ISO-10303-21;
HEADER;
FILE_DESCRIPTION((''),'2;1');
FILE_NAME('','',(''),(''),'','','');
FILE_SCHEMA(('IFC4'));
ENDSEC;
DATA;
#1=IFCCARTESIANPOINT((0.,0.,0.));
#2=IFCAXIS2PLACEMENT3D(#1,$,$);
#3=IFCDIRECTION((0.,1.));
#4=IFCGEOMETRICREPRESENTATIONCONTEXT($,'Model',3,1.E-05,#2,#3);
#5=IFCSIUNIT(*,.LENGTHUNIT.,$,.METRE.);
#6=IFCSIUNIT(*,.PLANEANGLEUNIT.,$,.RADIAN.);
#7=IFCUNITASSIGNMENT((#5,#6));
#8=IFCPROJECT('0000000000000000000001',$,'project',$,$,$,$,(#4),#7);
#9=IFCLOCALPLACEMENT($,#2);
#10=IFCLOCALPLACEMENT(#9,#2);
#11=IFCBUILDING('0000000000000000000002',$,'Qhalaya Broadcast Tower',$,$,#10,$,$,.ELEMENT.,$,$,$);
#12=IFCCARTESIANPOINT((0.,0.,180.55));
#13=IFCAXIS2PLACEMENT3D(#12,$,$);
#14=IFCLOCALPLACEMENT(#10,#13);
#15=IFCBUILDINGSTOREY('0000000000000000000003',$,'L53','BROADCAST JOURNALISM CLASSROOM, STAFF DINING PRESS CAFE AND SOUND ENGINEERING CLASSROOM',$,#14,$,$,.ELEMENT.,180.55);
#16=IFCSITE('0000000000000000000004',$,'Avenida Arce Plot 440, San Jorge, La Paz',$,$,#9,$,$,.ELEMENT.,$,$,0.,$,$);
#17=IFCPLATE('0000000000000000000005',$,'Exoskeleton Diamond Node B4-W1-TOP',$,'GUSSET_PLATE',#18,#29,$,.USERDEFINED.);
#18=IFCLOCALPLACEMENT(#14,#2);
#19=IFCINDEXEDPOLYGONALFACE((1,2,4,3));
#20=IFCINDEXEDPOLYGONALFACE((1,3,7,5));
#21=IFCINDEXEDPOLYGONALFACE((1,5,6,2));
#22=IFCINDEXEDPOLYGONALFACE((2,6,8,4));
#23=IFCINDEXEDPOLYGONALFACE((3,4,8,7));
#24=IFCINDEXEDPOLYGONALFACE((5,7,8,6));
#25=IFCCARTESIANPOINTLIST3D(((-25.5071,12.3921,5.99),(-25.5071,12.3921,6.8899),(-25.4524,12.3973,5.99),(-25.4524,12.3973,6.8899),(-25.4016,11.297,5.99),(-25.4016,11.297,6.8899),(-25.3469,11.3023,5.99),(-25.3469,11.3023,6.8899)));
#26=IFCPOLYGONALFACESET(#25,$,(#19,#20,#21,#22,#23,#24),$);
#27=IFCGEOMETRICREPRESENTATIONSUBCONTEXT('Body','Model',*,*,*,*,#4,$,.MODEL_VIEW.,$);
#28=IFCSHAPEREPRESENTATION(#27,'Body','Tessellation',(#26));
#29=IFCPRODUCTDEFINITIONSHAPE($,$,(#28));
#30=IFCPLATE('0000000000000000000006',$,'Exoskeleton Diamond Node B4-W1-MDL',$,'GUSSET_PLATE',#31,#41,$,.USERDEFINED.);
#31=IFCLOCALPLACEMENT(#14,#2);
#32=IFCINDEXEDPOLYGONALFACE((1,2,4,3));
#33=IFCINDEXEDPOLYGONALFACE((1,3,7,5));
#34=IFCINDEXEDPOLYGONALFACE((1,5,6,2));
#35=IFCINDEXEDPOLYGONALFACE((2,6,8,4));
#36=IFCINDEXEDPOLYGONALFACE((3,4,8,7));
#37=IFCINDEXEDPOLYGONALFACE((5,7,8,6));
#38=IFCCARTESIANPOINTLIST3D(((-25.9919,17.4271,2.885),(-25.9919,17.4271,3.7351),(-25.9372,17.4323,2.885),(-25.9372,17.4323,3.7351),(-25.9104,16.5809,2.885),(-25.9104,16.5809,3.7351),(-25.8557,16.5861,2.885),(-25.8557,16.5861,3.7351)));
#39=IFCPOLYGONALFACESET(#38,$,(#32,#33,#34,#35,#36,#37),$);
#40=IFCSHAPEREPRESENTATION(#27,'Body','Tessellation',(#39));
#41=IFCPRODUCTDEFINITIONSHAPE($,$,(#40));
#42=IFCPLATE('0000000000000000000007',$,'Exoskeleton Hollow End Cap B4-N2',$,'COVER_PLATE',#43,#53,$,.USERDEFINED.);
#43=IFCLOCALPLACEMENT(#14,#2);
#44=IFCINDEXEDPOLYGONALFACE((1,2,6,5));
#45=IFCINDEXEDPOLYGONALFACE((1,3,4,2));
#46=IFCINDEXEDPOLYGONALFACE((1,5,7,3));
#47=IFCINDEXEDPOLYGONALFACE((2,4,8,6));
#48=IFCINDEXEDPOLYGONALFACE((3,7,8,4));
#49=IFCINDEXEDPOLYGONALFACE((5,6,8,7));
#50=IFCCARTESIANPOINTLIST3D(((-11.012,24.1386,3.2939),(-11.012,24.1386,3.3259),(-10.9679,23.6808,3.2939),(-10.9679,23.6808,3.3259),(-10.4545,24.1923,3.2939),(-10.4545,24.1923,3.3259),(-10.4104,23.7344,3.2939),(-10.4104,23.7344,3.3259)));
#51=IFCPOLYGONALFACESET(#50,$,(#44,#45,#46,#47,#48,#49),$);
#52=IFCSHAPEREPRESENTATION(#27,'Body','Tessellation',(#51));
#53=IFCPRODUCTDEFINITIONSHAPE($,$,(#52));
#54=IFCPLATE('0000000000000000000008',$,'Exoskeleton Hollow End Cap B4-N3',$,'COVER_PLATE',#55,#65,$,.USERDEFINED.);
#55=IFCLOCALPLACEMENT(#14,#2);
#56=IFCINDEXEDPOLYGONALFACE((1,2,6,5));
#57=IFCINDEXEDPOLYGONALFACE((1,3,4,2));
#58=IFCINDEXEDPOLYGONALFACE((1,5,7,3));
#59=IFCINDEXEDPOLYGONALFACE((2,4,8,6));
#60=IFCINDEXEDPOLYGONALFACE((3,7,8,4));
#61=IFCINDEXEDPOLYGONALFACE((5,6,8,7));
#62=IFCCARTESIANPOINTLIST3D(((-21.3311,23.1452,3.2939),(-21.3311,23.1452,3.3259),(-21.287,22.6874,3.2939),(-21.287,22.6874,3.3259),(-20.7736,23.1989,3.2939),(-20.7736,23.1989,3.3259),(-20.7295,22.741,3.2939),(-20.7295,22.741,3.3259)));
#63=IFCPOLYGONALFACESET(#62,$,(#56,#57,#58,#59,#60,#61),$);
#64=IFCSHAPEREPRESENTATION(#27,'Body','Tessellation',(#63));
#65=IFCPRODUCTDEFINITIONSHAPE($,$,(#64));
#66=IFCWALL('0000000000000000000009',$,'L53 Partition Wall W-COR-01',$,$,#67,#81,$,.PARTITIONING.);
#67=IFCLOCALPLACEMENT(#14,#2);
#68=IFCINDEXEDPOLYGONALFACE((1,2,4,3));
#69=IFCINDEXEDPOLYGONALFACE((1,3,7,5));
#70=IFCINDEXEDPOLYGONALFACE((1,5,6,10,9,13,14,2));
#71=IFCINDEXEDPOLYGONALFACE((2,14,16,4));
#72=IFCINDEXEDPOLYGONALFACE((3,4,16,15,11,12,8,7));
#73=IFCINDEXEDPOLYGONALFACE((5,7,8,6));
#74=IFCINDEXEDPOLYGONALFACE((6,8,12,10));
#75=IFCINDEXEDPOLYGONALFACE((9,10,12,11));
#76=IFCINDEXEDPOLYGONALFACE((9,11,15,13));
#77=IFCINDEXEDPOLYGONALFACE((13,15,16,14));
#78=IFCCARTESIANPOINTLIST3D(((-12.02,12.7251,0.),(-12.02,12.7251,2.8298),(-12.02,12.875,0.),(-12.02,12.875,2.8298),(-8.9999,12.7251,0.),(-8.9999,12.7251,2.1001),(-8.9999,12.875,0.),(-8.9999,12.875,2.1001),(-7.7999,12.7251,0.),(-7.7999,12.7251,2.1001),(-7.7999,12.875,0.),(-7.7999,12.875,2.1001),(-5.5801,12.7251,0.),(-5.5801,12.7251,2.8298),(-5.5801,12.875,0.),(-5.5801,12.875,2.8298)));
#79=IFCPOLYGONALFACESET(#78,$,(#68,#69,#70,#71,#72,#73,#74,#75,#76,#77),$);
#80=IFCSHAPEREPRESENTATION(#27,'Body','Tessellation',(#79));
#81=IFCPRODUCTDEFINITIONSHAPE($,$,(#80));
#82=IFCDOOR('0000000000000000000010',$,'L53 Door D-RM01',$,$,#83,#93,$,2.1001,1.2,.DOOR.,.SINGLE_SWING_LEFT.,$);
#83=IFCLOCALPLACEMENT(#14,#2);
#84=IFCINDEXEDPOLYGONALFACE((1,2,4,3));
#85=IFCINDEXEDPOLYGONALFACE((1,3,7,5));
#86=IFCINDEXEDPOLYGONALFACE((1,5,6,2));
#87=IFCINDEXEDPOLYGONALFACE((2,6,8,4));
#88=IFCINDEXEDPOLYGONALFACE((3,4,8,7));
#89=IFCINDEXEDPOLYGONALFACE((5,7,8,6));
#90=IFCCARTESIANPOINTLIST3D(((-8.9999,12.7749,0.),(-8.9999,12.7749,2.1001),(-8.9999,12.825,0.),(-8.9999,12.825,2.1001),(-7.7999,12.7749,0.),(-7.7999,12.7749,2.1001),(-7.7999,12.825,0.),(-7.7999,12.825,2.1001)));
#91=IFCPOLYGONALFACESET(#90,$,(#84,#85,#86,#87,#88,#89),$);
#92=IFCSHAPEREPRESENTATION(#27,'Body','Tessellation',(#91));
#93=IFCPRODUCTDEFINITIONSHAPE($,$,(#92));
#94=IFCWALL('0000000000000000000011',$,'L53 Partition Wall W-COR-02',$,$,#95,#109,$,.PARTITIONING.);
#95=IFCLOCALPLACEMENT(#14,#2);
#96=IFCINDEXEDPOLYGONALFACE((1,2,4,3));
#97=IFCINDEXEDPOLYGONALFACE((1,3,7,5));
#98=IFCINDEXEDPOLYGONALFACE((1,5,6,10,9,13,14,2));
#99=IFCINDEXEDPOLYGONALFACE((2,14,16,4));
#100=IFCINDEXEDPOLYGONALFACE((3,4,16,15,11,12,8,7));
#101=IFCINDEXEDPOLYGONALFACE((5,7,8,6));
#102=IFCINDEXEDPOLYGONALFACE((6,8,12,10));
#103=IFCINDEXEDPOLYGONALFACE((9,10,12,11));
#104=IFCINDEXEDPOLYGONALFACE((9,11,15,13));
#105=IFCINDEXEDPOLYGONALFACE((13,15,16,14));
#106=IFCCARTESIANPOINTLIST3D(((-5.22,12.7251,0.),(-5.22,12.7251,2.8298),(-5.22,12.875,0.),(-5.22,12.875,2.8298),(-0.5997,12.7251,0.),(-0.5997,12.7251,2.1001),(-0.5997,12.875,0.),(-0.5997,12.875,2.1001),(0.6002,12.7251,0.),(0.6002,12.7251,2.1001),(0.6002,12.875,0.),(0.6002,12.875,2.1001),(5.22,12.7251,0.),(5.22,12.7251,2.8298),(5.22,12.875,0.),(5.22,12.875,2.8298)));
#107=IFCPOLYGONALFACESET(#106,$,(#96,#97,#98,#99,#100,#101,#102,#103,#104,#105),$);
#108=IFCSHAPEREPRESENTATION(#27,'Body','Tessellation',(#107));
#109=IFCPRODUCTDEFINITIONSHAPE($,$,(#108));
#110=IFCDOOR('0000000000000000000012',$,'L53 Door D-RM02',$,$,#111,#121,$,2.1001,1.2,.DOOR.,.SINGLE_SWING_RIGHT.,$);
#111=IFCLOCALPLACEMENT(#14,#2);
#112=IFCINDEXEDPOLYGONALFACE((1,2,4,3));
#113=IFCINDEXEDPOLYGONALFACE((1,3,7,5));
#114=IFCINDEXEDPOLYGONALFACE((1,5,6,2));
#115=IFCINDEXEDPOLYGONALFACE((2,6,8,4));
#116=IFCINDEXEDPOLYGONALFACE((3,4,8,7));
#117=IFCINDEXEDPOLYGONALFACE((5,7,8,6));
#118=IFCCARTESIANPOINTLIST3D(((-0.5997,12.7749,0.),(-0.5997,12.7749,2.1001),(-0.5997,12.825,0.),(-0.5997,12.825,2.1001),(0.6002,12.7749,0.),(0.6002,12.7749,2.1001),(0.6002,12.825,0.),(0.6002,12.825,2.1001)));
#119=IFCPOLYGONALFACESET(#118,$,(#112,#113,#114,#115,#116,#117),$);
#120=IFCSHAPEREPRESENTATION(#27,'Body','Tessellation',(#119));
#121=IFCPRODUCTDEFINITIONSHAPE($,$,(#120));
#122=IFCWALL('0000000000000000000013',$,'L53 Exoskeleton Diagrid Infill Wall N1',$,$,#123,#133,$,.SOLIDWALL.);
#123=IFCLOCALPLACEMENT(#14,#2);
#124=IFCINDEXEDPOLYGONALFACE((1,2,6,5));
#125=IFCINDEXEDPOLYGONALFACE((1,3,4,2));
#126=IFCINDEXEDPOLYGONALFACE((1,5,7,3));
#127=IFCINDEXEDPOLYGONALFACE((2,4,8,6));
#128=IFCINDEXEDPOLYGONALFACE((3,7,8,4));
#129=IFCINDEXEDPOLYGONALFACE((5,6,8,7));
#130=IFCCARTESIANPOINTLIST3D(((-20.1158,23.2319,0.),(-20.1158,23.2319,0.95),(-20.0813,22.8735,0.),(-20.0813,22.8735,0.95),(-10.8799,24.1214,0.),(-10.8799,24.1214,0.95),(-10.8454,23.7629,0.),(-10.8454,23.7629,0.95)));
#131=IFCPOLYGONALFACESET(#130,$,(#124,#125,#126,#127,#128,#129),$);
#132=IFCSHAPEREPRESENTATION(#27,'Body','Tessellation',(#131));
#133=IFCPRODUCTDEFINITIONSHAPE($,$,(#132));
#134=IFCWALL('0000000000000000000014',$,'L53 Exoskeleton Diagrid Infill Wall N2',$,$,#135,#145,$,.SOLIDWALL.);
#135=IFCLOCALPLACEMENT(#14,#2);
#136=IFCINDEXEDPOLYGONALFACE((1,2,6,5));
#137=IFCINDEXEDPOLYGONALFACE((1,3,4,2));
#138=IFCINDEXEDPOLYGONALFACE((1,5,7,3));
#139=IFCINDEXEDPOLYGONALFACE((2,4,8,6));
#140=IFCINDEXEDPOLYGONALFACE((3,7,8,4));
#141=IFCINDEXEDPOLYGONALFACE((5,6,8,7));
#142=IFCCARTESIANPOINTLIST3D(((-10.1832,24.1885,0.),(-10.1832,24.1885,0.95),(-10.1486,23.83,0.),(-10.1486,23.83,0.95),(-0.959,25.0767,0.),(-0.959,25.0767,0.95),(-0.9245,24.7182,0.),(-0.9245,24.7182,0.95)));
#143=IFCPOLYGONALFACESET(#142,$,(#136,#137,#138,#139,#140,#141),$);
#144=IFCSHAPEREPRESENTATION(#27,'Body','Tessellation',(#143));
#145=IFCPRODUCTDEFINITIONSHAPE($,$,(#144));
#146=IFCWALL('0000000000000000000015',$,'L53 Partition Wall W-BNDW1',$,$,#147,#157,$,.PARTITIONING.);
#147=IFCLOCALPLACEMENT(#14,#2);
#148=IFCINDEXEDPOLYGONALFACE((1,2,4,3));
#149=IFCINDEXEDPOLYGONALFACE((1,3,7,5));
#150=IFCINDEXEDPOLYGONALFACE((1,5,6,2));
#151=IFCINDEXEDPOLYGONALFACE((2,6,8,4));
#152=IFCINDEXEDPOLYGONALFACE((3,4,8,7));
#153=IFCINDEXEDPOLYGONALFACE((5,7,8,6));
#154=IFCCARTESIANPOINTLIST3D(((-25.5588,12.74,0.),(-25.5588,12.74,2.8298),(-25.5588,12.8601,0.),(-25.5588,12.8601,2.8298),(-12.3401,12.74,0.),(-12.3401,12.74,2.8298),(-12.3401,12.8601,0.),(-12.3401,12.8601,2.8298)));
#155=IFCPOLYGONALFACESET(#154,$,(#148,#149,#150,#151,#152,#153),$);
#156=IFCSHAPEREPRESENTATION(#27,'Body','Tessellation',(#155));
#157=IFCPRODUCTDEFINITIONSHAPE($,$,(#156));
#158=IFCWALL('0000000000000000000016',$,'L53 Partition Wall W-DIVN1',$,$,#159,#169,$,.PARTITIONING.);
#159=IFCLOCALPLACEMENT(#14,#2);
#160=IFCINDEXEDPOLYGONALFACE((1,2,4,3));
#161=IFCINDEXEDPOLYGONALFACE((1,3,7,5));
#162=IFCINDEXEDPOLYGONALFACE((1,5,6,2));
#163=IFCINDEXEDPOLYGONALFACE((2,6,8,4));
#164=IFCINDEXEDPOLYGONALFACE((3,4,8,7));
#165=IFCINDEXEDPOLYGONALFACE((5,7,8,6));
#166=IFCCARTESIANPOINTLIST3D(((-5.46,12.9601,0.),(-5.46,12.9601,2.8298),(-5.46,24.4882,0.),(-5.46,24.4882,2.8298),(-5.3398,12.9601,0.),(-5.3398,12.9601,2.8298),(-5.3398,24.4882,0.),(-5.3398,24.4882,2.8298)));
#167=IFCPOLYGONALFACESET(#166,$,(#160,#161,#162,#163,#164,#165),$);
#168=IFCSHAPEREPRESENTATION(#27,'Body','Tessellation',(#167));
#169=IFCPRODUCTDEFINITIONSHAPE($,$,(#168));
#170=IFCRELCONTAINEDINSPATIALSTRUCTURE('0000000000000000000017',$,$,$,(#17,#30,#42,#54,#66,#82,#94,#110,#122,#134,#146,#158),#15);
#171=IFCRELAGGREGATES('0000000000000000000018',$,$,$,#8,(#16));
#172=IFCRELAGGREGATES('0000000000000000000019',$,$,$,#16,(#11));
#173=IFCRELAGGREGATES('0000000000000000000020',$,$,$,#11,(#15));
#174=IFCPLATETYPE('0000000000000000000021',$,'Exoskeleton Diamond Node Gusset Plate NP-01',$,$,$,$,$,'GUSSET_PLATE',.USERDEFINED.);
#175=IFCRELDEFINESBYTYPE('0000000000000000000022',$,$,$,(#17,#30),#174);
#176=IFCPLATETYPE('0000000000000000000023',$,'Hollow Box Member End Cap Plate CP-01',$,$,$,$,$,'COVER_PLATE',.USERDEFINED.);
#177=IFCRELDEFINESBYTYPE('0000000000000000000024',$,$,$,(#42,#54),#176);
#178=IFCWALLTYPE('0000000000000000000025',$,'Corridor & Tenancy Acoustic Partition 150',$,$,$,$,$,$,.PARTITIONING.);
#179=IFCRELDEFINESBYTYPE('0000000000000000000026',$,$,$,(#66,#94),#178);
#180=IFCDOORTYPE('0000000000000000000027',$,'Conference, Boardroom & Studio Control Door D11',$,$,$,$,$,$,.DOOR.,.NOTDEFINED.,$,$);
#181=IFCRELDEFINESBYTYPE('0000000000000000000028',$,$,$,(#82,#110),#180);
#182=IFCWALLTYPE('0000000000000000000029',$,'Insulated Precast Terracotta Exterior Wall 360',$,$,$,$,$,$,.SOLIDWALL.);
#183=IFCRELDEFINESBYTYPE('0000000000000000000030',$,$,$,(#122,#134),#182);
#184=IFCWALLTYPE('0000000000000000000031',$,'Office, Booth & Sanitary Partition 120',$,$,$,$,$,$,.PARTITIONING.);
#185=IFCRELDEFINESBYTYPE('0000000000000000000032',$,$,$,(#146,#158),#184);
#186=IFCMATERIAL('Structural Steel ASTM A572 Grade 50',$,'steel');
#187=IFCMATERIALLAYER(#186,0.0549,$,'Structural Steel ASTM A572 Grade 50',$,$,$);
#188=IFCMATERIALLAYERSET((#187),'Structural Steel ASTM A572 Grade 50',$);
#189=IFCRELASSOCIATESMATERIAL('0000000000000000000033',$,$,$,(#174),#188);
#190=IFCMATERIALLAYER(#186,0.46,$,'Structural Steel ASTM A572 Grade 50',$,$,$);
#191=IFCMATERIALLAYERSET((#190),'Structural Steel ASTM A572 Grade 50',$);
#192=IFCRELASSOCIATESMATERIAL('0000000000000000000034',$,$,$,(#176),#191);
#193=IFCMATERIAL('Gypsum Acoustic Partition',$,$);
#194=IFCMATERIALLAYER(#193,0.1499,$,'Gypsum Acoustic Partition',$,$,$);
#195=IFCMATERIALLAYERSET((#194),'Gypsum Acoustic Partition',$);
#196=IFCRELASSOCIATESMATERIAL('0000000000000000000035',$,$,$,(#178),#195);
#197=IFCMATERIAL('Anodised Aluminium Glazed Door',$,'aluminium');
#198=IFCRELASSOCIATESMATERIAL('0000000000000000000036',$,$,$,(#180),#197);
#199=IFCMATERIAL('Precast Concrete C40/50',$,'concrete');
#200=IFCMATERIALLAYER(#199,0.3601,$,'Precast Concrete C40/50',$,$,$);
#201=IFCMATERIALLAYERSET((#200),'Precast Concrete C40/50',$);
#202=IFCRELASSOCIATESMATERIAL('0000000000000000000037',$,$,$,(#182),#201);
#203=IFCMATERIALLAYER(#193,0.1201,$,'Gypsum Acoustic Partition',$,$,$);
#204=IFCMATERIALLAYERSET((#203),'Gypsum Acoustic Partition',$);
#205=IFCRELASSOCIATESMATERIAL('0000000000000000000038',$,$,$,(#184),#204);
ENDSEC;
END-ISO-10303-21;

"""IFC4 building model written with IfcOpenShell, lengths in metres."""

from ifc_helpers import new_model, si_unit, direction, frame, frame_2d, origin, origin_2d, place, context, subcontext, project, spatial, rectangle, extrude, material, layer, layer_set, type_object, element, fill, save


model = new_model("IFC4")

# Units and contexts
model_context = context("Model", 3, precision=1e-05, world=origin(), true_north=direction((0.0, 1.0)))
body_context = subcontext(model_context, "Body", "Model", "MODEL_VIEW")
ifc_project = project(units=[si_unit("LENGTHUNIT", "METRE"), si_unit("PLANEANGLEUNIT", "RADIAN")], contexts=[model_context])

# Site, building, storey
site_placement = place(None, origin())
site = spatial("IfcSite", under=ifc_project, at=site_placement, Name="Avenida Arce Plot 440, San Jorge, La Paz", CompositionType="ELEMENT", RefElevation=0.0)
building_placement = place(site_placement, origin())
building = spatial("IfcBuilding", under=site, at=building_placement, Name="Qhalaya Broadcast Tower", CompositionType="ELEMENT")
storey_placement = place(building_placement, frame((0.0, 0.0, 180.55)))
storey = spatial("IfcBuildingStorey", under=building, at=storey_placement, Name="L53", Description="BROADCAST JOURNALISM CLASSROOM, STAFF DINING PRESS CAFE AND SOUND ENGINEERING CLASSROOM", CompositionType="ELEMENT", Elevation=180.55)

# Shared definitions
ifc_material_1 = material(Name="Structural Steel ASTM A572 Grade 50", Category="steel")

# Plates
ifc_layer_1 = layer(ifc_material_1, 0.0549, Name="Structural Steel ASTM A572 Grade 50")
ifc_layer_set_1 = layer_set([ifc_layer_1], Name="Structural Steel ASTM A572 Grade 50")
plate_type_1 = type_object("IfcPlateType", Name="Exoskeleton Diamond Node Gusset Plate NP-01", ElementType="GUSSET_PLATE", PredefinedType="USERDEFINED", material=ifc_layer_set_1)
for number, where, z_axis, x_axis, name in (
    (1, (-25.427, 11.8472, 5.99), (0.0, 0.0, 1.0), (-0.095846, 0.995396, 0.0), "Exoskeleton Diamond Node B4-W1-TOP"),
):
    element("IfcPlate", number, at=place(storey_placement, frame(where, z_axis=z_axis, x_axis=x_axis)), inside=storey, type_object=plate_type_1, Name=name, ObjectType="GUSSET_PLATE", PredefinedType="USERDEFINED", context=body_context, shape_type="SweptSolid", body=[
        extrude(rectangle(XDim=1.1001, YDim=0.0549, at=origin_2d()), origin(), (0.0, 0.0, 1.0), 0.8999),
    ])
plate_1_placement = place(storey_placement, frame((-25.9238, 17.0066, 2.885), z_axis=(0.0, 0.0, 1.0), x_axis=(-0.095846, 0.995396, 0.0)))
element("IfcPlate", 2, at=plate_1_placement, inside=storey, type_object=plate_type_1, Name="Exoskeleton Diamond Node B4-W1-MDL", ObjectType="GUSSET_PLATE", PredefinedType="USERDEFINED", context=body_context, shape_type="SweptSolid", body=[
    extrude(rectangle(XDim=0.8501, YDim=0.0549, at=origin_2d()), origin(), (0.0, 0.0, 1.0), 0.8501),
])
ifc_layer_2 = layer(ifc_material_1, 0.46, Name="Structural Steel ASTM A572 Grade 50")
ifc_layer_set_2 = layer_set([ifc_layer_2], Name="Structural Steel ASTM A572 Grade 50")
plate_type_2 = type_object("IfcPlateType", Name="Hollow Box Member End Cap Plate CP-01", ElementType="COVER_PLATE", PredefinedType="USERDEFINED", material=ifc_layer_set_2)
for number, where, z_axis, x_axis, name in (
    (3, (-10.7112, 23.9365, 3.2939), (0.0, 0.0, 1.0), (0.995396, 0.095846, 0.0), "Exoskeleton Hollow End Cap B4-N2"),
    (4, (-21.0303, 22.9431, 3.2939), (0.0, 0.0, 1.0), (0.995396, 0.095846, 0.0), "Exoskeleton Hollow End Cap B4-N3"),
):
    element("IfcPlate", number, at=place(storey_placement, frame(where, z_axis=z_axis, x_axis=x_axis)), inside=storey, type_object=plate_type_2, Name=name, ObjectType="COVER_PLATE", PredefinedType="USERDEFINED", context=body_context, shape_type="SweptSolid", body=[
        extrude(rectangle(XDim=0.5601, YDim=0.46, at=origin_2d()), origin(), (0.0, 0.0, 1.0), 0.032),
    ])

# Walls, openings, doors
ifc_material_2 = material(Name="Gypsum Acoustic Partition")
ifc_layer_3 = layer(ifc_material_2, 0.1499, Name="Gypsum Acoustic Partition")
ifc_layer_set_3 = layer_set([ifc_layer_3], Name="Gypsum Acoustic Partition")
wall_type_1 = type_object("IfcWallType", Name="Corridor & Tenancy Acoustic Partition 150", PredefinedType="PARTITIONING", material=ifc_layer_set_3)
wall_1_placement = place(storey_placement, frame((-12.02, 12.8, 0.0), z_axis=(0.0, 0.0, 1.0), x_axis=(1.0, 0.0, 0.0)))
wall_1 = element("IfcWall", 5, at=wall_1_placement, inside=storey, type_object=wall_type_1, Name="L53 Partition Wall W-COR-01", PredefinedType="PARTITIONING", context=body_context, shape_type="SweptSolid", body=[
    extrude(rectangle(XDim=6.4399, YDim=0.1499, at=frame_2d((3.22, 0.0))), origin(), (0.0, 0.0, 1.0), 2.8298),
])
opening_1_placement = place(wall_1_placement, frame((3.02, 0.0, 0.0)))
opening_1 = element("IfcOpeningElement", 6, at=opening_1_placement, cuts=wall_1, PredefinedType="OPENING", context=body_context, shape_type="SweptSolid", body=[
    extrude(rectangle(XDim=1.2, YDim=2.1001, at=frame_2d((0.6001, 1.05))), frame((0.0, 0.0869, 0.0), z_axis=(0.0, -1.0, 0.0), x_axis=(1.0, 0.0, 0.0)), (0.0, 0.0, 1.0), 0.1738),
])
ifc_material_3 = material(Name="Anodised Aluminium Glazed Door", Category="aluminium")
door_type = type_object("IfcDoorType", Name="Conference, Boardroom & Studio Control Door D11", OperationType="NOTDEFINED", PredefinedType="DOOR", material=ifc_material_3)
door_1_placement = place(opening_1_placement, origin())
door_1 = element("IfcDoor", 7, at=door_1_placement, inside=storey, type_object=door_type, Name="L53 Door D-RM01", OperationType="SINGLE_SWING_LEFT", OverallHeight=2.1001, OverallWidth=1.2, PredefinedType="DOOR", context=body_context, shape_type="SweptSolid", body=[
    extrude(rectangle(XDim=1.2, YDim=2.1001, at=frame_2d((0.6001, 1.05))), frame((0.0, 0.0249, 0.0), z_axis=(0.0, -1.0, 0.0), x_axis=(1.0, 0.0, 0.0)), (0.0, 0.0, 1.0), 0.05),
])
fill(opening_1, door_1)
wall_2_placement = place(storey_placement, frame((-5.22, 12.8, 0.0), z_axis=(0.0, 0.0, 1.0), x_axis=(1.0, 0.0, 0.0)))
wall_2 = element("IfcWall", 8, at=wall_2_placement, inside=storey, type_object=wall_type_1, Name="L53 Partition Wall W-COR-02", PredefinedType="PARTITIONING", context=body_context, shape_type="SweptSolid", body=[
    extrude(rectangle(XDim=10.4399, YDim=0.1499, at=frame_2d((5.22, 0.0))), origin(), (0.0, 0.0, 1.0), 2.8298),
])
opening_2_placement = place(wall_2_placement, frame((4.6201, 0.0, 0.0)))
opening_2 = element("IfcOpeningElement", 9, at=opening_2_placement, cuts=wall_2, PredefinedType="OPENING", context=body_context, shape_type="SweptSolid", body=[
    extrude(rectangle(XDim=1.2, YDim=2.1001, at=frame_2d((0.6001, 1.05))), frame((0.0, 0.0869, 0.0), z_axis=(0.0, -1.0, 0.0), x_axis=(1.0, 0.0, 0.0)), (0.0, 0.0, 1.0), 0.1738),
])
door_2_placement = place(opening_2_placement, origin())
door_2 = element("IfcDoor", 10, at=door_2_placement, inside=storey, type_object=door_type, Name="L53 Door D-RM02", OperationType="SINGLE_SWING_RIGHT", OverallHeight=2.1001, OverallWidth=1.2, PredefinedType="DOOR", context=body_context, shape_type="SweptSolid", body=[
    extrude(rectangle(XDim=1.2, YDim=2.1001, at=frame_2d((0.6001, 1.05))), frame((0.0, 0.0249, 0.0), z_axis=(0.0, -1.0, 0.0), x_axis=(1.0, 0.0, 0.0)), (0.0, 0.0, 1.0), 0.05),
])
fill(opening_2, door_2)

# Walls
ifc_material_4 = material(Name="Precast Concrete C40/50", Category="concrete")
ifc_layer_4 = layer(ifc_material_4, 0.3601, Name="Precast Concrete C40/50")
ifc_layer_set_4 = layer_set([ifc_layer_4], Name="Precast Concrete C40/50")
wall_type_2 = type_object("IfcWallType", Name="Insulated Precast Terracotta Exterior Wall 360", PredefinedType="SOLIDWALL", material=ifc_layer_set_4)
wall_3_placement = place(storey_placement, frame((-20.0984, 23.0527, 0.0), z_axis=(0.0, 0.0, 1.0), x_axis=(0.995395, 0.095856, 0.0)))
element("IfcWall", 11, at=wall_3_placement, inside=storey, type_object=wall_type_2, Name="L53 Exoskeleton Diagrid Infill Wall N1", PredefinedType="SOLIDWALL", context=body_context, shape_type="SweptSolid", body=[
    extrude(rectangle(XDim=9.2786, YDim=0.3601, at=frame_2d((4.6392, 0.0))), origin(), (0.0, 0.0, 1.0), 0.95),
])
wall_4_placement = place(storey_placement, frame((-10.1658, 24.0093, 0.0), z_axis=(0.0, 0.0, 1.0), x_axis=(0.995396, 0.095846, 0.0)))
element("IfcWall", 12, at=wall_4_placement, inside=storey, type_object=wall_type_2, Name="L53 Exoskeleton Diagrid Infill Wall N2", PredefinedType="SOLIDWALL", context=body_context, shape_type="SweptSolid", body=[
    extrude(rectangle(XDim=9.2668, YDim=0.3601, at=frame_2d((4.6333, 0.0))), origin(), (0.0, 0.0, 1.0), 0.95),
])
ifc_layer_5 = layer(ifc_material_2, 0.1201, Name="Gypsum Acoustic Partition")
ifc_layer_set_5 = layer_set([ifc_layer_5], Name="Gypsum Acoustic Partition")
wall_type_3 = type_object("IfcWallType", Name="Office, Booth & Sanitary Partition 120", PredefinedType="PARTITIONING", material=ifc_layer_set_5)
wall_5_placement = place(storey_placement, frame((-25.5588, 12.8, 0.0), z_axis=(0.0, 0.0, 1.0), x_axis=(1.0, 0.0, 0.0)))
element("IfcWall", 13, at=wall_5_placement, inside=storey, type_object=wall_type_3, Name="L53 Partition Wall W-BNDW1", PredefinedType="PARTITIONING", context=body_context, shape_type="SweptSolid", body=[
    extrude(rectangle(XDim=13.2188, YDim=0.1201, at=frame_2d((6.6094, 0.0))), origin(), (0.0, 0.0, 1.0), 2.8298),
])
wall_6_placement = place(storey_placement, frame((-5.3999, 12.96, 0.0), z_axis=(0.0, 0.0, 1.0), x_axis=(0.0, 1.0, 0.0)))
element("IfcWall", 14, at=wall_6_placement, inside=storey, type_object=wall_type_3, Name="L53 Partition Wall W-DIVN1", PredefinedType="PARTITIONING", context=body_context, shape_type="SweptSolid", body=[
    extrude(rectangle(XDim=11.5281, YDim=0.1201, at=frame_2d((5.7642, 0.0))), origin(), (0.0, 0.0, 1.0), 2.8298),
])

save(model, "model.ifc")
